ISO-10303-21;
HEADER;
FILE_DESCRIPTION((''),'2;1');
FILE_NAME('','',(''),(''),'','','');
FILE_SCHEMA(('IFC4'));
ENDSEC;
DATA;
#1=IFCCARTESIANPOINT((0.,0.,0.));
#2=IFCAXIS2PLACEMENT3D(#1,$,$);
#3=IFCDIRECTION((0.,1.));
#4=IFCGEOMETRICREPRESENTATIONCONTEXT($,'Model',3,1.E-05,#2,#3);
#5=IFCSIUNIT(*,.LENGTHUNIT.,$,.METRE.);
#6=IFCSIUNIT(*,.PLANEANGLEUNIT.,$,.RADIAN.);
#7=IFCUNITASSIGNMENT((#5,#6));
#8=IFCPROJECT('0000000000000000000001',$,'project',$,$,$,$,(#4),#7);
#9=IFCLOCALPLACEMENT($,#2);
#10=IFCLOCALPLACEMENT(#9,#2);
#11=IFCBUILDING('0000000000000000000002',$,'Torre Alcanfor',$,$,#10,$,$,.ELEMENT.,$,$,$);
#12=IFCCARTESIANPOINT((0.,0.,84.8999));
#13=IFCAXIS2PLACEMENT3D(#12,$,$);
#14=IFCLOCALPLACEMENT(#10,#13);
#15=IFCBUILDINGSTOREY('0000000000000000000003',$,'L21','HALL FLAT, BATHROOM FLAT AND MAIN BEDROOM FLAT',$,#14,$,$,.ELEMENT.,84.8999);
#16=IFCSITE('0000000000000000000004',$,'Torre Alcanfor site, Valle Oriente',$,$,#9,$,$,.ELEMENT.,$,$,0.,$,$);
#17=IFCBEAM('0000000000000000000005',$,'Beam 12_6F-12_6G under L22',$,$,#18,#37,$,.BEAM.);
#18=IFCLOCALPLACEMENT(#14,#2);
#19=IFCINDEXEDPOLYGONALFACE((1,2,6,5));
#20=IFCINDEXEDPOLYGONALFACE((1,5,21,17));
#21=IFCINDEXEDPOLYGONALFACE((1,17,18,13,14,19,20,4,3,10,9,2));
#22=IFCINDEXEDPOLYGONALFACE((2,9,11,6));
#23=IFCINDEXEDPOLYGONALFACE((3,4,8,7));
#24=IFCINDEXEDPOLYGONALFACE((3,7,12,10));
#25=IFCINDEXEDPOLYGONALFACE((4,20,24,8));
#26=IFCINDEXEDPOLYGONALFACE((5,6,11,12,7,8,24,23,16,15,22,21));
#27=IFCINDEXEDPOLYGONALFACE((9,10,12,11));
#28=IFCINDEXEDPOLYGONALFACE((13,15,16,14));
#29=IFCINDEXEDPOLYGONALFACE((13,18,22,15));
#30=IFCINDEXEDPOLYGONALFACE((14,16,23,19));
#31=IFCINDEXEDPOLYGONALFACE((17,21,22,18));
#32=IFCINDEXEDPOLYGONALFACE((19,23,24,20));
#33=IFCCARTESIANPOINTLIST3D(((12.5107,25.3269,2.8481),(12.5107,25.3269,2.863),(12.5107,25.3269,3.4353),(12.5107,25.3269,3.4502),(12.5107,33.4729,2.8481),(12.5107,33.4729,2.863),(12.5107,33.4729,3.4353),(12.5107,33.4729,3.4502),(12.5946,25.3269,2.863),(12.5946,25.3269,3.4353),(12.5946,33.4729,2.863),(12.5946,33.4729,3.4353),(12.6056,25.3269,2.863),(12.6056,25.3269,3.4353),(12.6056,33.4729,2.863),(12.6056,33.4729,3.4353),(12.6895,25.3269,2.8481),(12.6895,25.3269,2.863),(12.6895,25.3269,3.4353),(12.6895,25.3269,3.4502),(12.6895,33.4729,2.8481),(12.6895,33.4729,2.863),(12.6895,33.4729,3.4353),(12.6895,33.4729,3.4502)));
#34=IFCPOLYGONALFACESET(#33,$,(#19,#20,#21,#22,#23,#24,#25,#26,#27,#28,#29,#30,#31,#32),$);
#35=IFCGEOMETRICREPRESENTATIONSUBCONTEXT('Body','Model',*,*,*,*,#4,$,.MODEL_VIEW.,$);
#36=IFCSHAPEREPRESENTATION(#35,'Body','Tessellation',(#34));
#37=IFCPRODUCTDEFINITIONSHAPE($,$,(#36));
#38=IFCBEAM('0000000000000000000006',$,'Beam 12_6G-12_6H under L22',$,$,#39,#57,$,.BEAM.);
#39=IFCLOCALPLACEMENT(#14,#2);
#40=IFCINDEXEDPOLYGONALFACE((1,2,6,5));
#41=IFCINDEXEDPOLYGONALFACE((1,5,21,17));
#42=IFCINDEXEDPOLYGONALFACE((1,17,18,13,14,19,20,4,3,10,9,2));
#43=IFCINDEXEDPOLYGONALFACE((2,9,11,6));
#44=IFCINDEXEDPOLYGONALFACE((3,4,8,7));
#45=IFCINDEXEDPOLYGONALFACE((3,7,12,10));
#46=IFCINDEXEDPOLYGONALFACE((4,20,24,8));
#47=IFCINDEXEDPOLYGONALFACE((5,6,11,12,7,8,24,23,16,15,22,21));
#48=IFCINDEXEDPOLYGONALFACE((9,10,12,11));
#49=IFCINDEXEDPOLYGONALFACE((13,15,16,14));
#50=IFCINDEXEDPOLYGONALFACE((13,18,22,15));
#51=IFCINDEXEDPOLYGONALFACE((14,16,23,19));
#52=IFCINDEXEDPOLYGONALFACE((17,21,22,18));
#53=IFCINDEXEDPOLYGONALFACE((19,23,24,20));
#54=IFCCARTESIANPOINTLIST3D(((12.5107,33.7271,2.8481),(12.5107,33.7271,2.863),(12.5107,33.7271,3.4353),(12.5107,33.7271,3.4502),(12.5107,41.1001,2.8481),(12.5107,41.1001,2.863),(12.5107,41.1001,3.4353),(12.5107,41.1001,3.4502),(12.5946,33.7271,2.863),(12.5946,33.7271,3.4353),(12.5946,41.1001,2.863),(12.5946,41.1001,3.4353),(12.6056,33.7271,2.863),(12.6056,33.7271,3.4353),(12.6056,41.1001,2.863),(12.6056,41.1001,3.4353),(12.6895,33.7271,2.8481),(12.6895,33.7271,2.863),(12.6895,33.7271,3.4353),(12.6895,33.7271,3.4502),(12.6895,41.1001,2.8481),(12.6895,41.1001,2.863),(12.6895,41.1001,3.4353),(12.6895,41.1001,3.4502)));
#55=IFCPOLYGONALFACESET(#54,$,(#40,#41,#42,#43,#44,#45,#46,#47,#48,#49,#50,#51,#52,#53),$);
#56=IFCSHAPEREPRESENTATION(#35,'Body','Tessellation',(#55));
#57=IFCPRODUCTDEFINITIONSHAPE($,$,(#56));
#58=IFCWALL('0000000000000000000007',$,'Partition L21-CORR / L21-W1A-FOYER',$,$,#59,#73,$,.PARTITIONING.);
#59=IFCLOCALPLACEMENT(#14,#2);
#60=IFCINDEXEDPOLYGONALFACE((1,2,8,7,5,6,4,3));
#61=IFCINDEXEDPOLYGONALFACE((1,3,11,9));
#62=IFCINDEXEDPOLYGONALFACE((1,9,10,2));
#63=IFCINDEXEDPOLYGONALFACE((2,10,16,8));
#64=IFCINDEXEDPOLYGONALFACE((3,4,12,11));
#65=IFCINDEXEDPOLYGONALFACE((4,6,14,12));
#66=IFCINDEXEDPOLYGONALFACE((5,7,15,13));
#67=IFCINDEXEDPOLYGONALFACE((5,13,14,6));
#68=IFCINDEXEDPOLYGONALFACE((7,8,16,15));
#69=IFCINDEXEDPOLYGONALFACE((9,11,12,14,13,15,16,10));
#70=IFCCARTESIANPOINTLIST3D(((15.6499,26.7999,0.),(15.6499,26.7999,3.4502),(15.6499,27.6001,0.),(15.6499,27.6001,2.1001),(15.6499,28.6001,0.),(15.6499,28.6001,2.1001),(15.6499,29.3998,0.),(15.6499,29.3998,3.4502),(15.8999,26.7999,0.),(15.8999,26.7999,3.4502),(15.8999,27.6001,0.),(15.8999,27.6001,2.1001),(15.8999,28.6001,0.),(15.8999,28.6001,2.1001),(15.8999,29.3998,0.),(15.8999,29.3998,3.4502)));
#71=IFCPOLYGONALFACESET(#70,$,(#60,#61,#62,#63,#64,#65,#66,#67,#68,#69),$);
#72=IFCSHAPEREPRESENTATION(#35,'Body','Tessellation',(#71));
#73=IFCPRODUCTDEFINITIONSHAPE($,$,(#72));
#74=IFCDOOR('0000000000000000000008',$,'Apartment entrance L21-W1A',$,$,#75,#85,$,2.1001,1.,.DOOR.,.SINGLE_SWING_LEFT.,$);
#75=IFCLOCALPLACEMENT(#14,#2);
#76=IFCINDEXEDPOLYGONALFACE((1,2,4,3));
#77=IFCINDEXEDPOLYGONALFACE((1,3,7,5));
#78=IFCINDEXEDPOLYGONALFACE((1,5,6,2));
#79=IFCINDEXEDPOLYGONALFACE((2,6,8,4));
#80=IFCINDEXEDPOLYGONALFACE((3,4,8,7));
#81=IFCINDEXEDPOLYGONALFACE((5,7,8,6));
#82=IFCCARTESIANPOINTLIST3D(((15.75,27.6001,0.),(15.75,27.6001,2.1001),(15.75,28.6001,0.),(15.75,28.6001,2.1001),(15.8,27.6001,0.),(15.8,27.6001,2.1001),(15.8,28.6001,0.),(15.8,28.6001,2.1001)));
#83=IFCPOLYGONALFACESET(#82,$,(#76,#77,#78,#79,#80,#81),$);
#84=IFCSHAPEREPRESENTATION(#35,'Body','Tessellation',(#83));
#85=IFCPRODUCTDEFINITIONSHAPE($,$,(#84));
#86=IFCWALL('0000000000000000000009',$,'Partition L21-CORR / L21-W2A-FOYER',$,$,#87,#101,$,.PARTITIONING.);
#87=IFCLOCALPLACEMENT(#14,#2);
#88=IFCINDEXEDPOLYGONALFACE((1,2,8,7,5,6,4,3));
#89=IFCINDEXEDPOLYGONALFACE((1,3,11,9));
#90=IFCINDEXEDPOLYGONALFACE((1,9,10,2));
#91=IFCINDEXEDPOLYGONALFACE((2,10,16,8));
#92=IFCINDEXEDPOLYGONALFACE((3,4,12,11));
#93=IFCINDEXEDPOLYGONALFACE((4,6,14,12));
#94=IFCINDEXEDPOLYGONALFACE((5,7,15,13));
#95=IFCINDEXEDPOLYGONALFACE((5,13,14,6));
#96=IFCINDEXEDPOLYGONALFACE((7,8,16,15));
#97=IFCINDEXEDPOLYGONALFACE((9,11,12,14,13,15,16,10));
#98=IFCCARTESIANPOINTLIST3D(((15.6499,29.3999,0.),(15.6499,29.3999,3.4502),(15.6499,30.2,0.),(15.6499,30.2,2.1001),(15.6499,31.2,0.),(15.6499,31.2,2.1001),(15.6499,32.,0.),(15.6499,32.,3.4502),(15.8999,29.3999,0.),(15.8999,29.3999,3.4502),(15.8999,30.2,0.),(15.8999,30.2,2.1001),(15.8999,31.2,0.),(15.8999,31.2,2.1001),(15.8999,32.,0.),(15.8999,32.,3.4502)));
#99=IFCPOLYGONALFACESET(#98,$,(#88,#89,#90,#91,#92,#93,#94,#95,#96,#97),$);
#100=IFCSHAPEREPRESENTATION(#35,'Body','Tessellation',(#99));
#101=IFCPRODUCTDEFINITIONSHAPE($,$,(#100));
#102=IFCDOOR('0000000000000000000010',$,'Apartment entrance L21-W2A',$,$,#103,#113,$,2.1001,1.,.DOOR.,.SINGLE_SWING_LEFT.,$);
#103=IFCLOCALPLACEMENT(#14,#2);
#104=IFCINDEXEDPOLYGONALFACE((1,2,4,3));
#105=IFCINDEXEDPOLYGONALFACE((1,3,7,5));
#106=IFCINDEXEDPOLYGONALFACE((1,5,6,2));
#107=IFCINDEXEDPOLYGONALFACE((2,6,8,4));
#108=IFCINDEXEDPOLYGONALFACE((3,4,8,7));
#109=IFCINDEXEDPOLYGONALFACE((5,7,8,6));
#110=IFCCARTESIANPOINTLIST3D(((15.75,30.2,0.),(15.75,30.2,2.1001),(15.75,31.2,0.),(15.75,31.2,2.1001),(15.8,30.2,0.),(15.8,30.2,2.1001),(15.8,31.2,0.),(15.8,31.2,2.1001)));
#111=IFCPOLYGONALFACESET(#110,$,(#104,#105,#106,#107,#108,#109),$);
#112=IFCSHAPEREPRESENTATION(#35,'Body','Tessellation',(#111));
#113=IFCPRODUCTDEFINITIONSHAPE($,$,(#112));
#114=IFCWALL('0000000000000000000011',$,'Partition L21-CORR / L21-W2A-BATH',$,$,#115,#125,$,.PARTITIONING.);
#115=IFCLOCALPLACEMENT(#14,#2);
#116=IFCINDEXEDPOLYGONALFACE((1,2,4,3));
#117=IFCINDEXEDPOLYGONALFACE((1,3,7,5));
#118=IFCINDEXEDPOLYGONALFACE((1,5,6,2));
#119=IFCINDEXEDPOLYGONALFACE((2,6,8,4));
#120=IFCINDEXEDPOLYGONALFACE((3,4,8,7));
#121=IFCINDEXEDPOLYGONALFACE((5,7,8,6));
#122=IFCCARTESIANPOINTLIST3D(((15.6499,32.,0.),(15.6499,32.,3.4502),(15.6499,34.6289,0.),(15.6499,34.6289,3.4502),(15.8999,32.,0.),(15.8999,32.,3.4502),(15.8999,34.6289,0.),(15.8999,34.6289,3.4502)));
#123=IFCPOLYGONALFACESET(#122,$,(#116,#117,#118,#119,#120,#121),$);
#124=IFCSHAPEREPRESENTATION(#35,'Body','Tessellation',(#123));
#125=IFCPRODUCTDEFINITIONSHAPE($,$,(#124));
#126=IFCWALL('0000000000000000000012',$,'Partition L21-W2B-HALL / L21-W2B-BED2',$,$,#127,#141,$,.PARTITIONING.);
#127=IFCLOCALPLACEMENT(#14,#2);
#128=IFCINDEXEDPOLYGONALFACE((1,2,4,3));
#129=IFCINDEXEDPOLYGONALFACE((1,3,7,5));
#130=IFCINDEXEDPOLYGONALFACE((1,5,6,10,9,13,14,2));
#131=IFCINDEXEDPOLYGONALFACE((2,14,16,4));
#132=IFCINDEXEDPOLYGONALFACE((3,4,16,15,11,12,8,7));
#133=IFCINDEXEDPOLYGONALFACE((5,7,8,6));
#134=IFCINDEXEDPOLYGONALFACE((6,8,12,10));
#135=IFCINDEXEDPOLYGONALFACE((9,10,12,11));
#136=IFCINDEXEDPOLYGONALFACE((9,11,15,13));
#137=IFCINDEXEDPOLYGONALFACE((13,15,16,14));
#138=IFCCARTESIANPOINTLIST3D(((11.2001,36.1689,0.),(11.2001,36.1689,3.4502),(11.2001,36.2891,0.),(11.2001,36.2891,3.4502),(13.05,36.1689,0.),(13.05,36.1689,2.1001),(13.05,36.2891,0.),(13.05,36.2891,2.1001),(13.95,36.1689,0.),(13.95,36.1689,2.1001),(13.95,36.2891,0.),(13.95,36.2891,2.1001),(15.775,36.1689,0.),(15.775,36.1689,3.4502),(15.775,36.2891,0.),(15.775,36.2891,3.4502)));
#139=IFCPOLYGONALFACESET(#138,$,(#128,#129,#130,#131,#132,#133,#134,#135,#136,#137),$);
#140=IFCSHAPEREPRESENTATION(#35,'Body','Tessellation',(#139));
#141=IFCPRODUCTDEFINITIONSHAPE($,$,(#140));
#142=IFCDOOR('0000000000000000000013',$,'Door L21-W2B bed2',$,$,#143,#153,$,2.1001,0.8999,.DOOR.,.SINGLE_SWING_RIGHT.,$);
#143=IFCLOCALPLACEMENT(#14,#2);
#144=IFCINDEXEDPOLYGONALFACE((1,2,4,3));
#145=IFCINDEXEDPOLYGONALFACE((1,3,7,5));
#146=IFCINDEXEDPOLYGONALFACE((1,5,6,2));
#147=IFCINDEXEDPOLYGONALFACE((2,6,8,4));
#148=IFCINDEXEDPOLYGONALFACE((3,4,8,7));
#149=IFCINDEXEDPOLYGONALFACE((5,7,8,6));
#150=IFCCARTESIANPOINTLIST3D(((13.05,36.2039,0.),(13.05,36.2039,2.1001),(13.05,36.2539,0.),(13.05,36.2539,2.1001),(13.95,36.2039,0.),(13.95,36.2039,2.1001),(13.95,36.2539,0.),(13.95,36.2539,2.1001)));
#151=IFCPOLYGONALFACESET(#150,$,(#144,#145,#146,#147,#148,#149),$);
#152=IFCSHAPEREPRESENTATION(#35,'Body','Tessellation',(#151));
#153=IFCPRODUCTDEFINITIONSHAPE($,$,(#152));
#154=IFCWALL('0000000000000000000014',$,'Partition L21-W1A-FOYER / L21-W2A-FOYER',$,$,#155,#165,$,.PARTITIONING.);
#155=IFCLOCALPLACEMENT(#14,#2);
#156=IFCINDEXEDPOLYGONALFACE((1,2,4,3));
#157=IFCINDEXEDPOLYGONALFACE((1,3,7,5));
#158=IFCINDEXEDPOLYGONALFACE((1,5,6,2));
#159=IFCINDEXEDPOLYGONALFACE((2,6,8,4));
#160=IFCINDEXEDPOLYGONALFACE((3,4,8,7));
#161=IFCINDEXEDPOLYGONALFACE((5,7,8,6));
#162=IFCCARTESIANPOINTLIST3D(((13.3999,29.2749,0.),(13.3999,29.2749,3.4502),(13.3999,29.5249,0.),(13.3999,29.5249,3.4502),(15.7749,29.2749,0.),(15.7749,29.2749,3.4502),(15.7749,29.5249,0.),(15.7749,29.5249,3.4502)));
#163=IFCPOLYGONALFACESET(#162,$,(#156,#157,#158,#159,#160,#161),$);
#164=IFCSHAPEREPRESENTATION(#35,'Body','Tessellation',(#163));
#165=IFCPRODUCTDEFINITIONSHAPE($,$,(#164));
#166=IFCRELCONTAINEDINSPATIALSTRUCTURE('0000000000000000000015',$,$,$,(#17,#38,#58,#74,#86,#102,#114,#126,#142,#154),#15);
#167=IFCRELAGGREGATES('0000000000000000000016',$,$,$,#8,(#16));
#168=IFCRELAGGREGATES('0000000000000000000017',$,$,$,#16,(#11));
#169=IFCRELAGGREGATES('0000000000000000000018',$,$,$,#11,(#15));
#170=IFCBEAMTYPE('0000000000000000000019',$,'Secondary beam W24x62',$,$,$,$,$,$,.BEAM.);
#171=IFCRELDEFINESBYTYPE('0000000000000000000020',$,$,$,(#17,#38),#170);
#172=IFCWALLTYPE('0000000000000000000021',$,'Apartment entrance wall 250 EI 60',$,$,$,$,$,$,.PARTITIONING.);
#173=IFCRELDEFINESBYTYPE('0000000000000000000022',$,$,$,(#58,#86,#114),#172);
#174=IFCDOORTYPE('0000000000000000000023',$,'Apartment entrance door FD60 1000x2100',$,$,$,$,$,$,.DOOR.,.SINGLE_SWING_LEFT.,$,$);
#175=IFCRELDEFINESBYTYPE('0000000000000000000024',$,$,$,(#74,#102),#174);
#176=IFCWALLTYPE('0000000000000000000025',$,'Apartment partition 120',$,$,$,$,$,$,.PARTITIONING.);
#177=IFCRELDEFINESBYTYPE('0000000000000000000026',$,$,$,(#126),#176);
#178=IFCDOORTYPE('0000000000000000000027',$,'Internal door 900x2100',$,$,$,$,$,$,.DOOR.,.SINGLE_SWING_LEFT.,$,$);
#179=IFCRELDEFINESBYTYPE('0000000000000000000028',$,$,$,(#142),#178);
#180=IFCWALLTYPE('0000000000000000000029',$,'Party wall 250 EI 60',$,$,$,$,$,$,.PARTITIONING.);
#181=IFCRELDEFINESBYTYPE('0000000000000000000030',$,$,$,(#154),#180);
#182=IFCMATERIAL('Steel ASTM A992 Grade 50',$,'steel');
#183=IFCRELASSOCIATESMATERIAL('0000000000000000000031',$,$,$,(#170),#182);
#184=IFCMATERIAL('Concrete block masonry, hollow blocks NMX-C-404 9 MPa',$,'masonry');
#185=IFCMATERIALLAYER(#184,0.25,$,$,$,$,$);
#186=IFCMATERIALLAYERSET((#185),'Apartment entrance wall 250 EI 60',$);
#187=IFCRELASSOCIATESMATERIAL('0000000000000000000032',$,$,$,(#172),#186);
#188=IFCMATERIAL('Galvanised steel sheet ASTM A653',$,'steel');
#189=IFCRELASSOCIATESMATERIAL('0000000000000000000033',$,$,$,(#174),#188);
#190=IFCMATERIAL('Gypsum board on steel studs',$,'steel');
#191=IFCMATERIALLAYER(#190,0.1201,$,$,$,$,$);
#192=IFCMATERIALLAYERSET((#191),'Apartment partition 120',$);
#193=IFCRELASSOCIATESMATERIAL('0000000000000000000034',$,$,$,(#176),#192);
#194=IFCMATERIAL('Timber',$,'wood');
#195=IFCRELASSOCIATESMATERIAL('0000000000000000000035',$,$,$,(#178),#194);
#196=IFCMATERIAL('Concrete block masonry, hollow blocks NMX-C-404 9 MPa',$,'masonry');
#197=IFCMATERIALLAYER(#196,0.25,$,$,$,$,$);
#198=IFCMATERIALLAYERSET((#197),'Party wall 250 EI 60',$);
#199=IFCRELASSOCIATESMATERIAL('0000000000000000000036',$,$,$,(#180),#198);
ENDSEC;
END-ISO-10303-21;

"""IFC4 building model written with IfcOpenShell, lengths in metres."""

from ifc_helpers import new_model, si_unit, direction, frame, frame_2d, origin, origin_2d, place, context, subcontext, project, spatial, rectangle, i_section, extrude, material, layer, layer_set, material_profile, profile_set, type_object, element, fill, save


model = new_model("IFC4")

# Units and contexts
model_context = context("Model", 3, precision=1e-05, world=origin(), true_north=direction((0.0, 1.0)))
body_context = subcontext(model_context, "Body", "Model", "MODEL_VIEW")
ifc_project = project(units=[si_unit("LENGTHUNIT", "METRE"), si_unit("PLANEANGLEUNIT", "RADIAN")], contexts=[model_context])

# Site, building, storey
site_placement = place(None, origin())
site = spatial("IfcSite", under=ifc_project, at=site_placement, Name="Torre Alcanfor site, Valle Oriente", CompositionType="ELEMENT", RefElevation=0.0)
building_placement = place(site_placement, origin())
building = spatial("IfcBuilding", under=site, at=building_placement, Name="Torre Alcanfor", CompositionType="ELEMENT")
storey_placement = place(building_placement, frame((0.0, 0.0, 84.8999)))
storey = spatial("IfcBuildingStorey", under=building, at=storey_placement, Name="L21", Description="HALL FLAT, BATHROOM FLAT AND MAIN BEDROOM FLAT", CompositionType="ELEMENT", Elevation=84.8999)

# Beams
ifc_material_1 = material(Name="Steel ASTM A992 Grade 50", Category="steel")
ifc_material_profile = material_profile(ifc_material_1, i_section(OverallWidth=0.1787, OverallDepth=0.6021, WebThickness=0.011, FlangeThickness=0.0149, at=origin_2d()), Name="W24x62")
ifc_profile_set = profile_set([ifc_material_profile], Name="Steel ASTM A992 Grade 50")
beam_type = type_object("IfcBeamType", Name="Secondary beam W24x62", PredefinedType="BEAM", material=ifc_profile_set)
beam_1_placement = place(storey_placement, frame((12.6001, 25.3269, 3.1492), z_axis=(0.0, 1.0, 0.0), x_axis=(-1.0, 0.0, 0.0)))
element("IfcBeam", 1, at=beam_1_placement, inside=storey, type_object=beam_type, Name="Beam 12_6F-12_6G under L22", PredefinedType="BEAM", context=body_context, shape_type="SweptSolid", body=[
    extrude(i_section(OverallWidth=0.1787, OverallDepth=0.6021, WebThickness=0.011, FlangeThickness=0.0149, at=origin_2d()), origin(), (0.0, 0.0, 1.0), 8.146),
])
beam_2_placement = place(storey_placement, frame((12.6001, 33.7271, 3.1492), z_axis=(0.0, 1.0, 0.0), x_axis=(-1.0, 0.0, 0.0)))
element("IfcBeam", 2, at=beam_2_placement, inside=storey, type_object=beam_type, Name="Beam 12_6G-12_6H under L22", PredefinedType="BEAM", context=body_context, shape_type="SweptSolid", body=[
    extrude(i_section(OverallWidth=0.1787, OverallDepth=0.6021, WebThickness=0.011, FlangeThickness=0.0149, at=origin_2d()), origin(), (0.0, 0.0, 1.0), 7.373),
])

# Walls, openings, doors
ifc_material_2 = material(Name="Concrete block masonry, hollow blocks NMX-C-404 9 MPa", Category="masonry")
ifc_layer_1 = layer(ifc_material_2, 0.25)
ifc_layer_set_1 = layer_set([ifc_layer_1], Name="Apartment entrance wall 250 EI 60")
wall_type_1 = type_object("IfcWallType", Name="Apartment entrance wall 250 EI 60", PredefinedType="PARTITIONING", material=ifc_layer_set_1)
wall_1_placement = place(storey_placement, frame((15.7749, 26.8, 0.0), z_axis=(0.0, 0.0, 1.0), x_axis=(0.0, 1.0, 0.0)))
wall_1 = element("IfcWall", 3, at=wall_1_placement, inside=storey, type_object=wall_type_1, Name="Partition L21-CORR / L21-W1A-FOYER", PredefinedType="PARTITIONING", context=body_context, shape_type="SweptSolid", body=[
    extrude(rectangle(XDim=2.5999, YDim=0.25, at=frame_2d((1.2998, 0.0))), origin(), (0.0, 0.0, 1.0), 3.4502),
])
opening_1_placement = place(wall_1_placement, frame((0.8, 0.0, 0.0)))
opening_1 = element("IfcOpeningElement", 4, at=opening_1_placement, cuts=wall_1, PredefinedType="OPENING", context=body_context, shape_type="SweptSolid", body=[
    extrude(rectangle(XDim=1.0, YDim=2.1001, at=frame_2d((0.5, 1.05))), frame((0.0, 0.135, 0.0), z_axis=(0.0, -1.0, 0.0), x_axis=(1.0, 0.0, 0.0)), (0.0, 0.0, 1.0), 0.27),
])
ifc_material_3 = material(Name="Galvanised steel sheet ASTM A653", Category="steel")
door_type_1 = type_object("IfcDoorType", Name="Apartment entrance door FD60 1000x2100", OperationType="SINGLE_SWING_LEFT", PredefinedType="DOOR", material=ifc_material_3)
door_1_placement = place(opening_1_placement, origin())
door_1 = element("IfcDoor", 5, at=door_1_placement, inside=storey, type_object=door_type_1, Name="Apartment entrance L21-W1A", OperationType="SINGLE_SWING_LEFT", OverallHeight=2.1001, OverallWidth=1.0, PredefinedType="DOOR", context=body_context, shape_type="SweptSolid", body=[
    extrude(rectangle(XDim=1.0, YDim=2.1001, at=frame_2d((0.5, 1.05))), frame((0.0, 0.0249, 0.0), z_axis=(0.0, -1.0, 0.0), x_axis=(1.0, 0.0, 0.0)), (0.0, 0.0, 1.0), 0.05),
])
fill(opening_1, door_1)
wall_2_placement = place(storey_placement, frame((15.7749, 29.3999, 0.0), z_axis=(0.0, 0.0, 1.0), x_axis=(0.0, 1.0, 0.0)))
wall_2 = element("IfcWall", 6, at=wall_2_placement, inside=storey, type_object=wall_type_1, Name="Partition L21-CORR / L21-W2A-FOYER", PredefinedType="PARTITIONING", context=body_context, shape_type="SweptSolid", body=[
    extrude(rectangle(XDim=2.6001, YDim=0.25, at=frame_2d((1.3, 0.0))), origin(), (0.0, 0.0, 1.0), 3.4502),
])
opening_2_placement = place(wall_2_placement, frame((0.8, 0.0, 0.0)))
opening_2 = element("IfcOpeningElement", 7, at=opening_2_placement, cuts=wall_2, PredefinedType="OPENING", context=body_context, shape_type="SweptSolid", body=[
    extrude(rectangle(XDim=1.0, YDim=2.1001, at=frame_2d((0.5, 1.05))), frame((0.0, 0.135, 0.0), z_axis=(0.0, -1.0, 0.0), x_axis=(1.0, 0.0, 0.0)), (0.0, 0.0, 1.0), 0.27),
])
door_2_placement = place(opening_2_placement, origin())
door_2 = element("IfcDoor", 8, at=door_2_placement, inside=storey, type_object=door_type_1, Name="Apartment entrance L21-W2A", OperationType="SINGLE_SWING_LEFT", OverallHeight=2.1001, OverallWidth=1.0, PredefinedType="DOOR", context=body_context, shape_type="SweptSolid", body=[
    extrude(rectangle(XDim=1.0, YDim=2.1001, at=frame_2d((0.5, 1.05))), frame((0.0, 0.0249, 0.0), z_axis=(0.0, -1.0, 0.0), x_axis=(1.0, 0.0, 0.0)), (0.0, 0.0, 1.0), 0.05),
])
fill(opening_2, door_2)

# Wall
wall_3_placement = place(storey_placement, frame((15.7749, 32.0, 0.0), z_axis=(0.0, 0.0, 1.0), x_axis=(0.0, 1.0, 0.0)))
element("IfcWall", 9, at=wall_3_placement, inside=storey, type_object=wall_type_1, Name="Partition L21-CORR / L21-W2A-BATH", PredefinedType="PARTITIONING", context=body_context, shape_type="SweptSolid", body=[
    extrude(rectangle(XDim=2.6289, YDim=0.25, at=frame_2d((1.3145, 0.0))), origin(), (0.0, 0.0, 1.0), 3.4502),
])

# Wall, opening, door
ifc_material_4 = material(Name="Gypsum board on steel studs", Category="steel")
ifc_layer_2 = layer(ifc_material_4, 0.1201)
ifc_layer_set_2 = layer_set([ifc_layer_2], Name="Apartment partition 120")
wall_type_2 = type_object("IfcWallType", Name="Apartment partition 120", PredefinedType="PARTITIONING", material=ifc_layer_set_2)
wall_4_placement = place(storey_placement, frame((11.2, 36.229, 0.0), z_axis=(0.0, 0.0, 1.0), x_axis=(1.0, 0.0, 0.0)))
wall_4 = element("IfcWall", 10, at=wall_4_placement, inside=storey, type_object=wall_type_2, Name="Partition L21-W2B-HALL / L21-W2B-BED2", PredefinedType="PARTITIONING", context=body_context, shape_type="SweptSolid", body=[
    extrude(rectangle(XDim=4.575, YDim=0.1201, at=frame_2d((2.2876, 0.0))), origin(), (0.0, 0.0, 1.0), 3.4502),
])
opening_3_placement = place(wall_4_placement, frame((1.8501, 0.0, 0.0)))
opening_3 = element("IfcOpeningElement", 11, at=opening_3_placement, cuts=wall_4, PredefinedType="OPENING", context=body_context, shape_type="SweptSolid", body=[
    extrude(rectangle(XDim=0.8999, YDim=2.1001, at=frame_2d((0.45, 1.05))), frame((0.0, 0.0701, 0.0), z_axis=(0.0, -1.0, 0.0), x_axis=(1.0, 0.0, 0.0)), (0.0, 0.0, 1.0), 0.1401),
])
ifc_material_5 = material(Name="Timber", Category="wood")
door_type_2 = type_object("IfcDoorType", Name="Internal door 900x2100", OperationType="SINGLE_SWING_LEFT", PredefinedType="DOOR", material=ifc_material_5)
door_3_placement = place(opening_3_placement, origin())
door_3 = element("IfcDoor", 12, at=door_3_placement, inside=storey, type_object=door_type_2, Name="Door L21-W2B bed2", OperationType="SINGLE_SWING_RIGHT", OverallHeight=2.1001, OverallWidth=0.8999, PredefinedType="DOOR", context=body_context, shape_type="SweptSolid", body=[
    extrude(rectangle(XDim=0.8999, YDim=2.1001, at=frame_2d((0.45, 1.05))), frame((0.0, 0.0249, 0.0), z_axis=(0.0, -1.0, 0.0), x_axis=(1.0, 0.0, 0.0)), (0.0, 0.0, 1.0), 0.05),
])
fill(opening_3, door_3)

# Wall
ifc_material_6 = material(Name="Concrete block masonry, hollow blocks NMX-C-404 9 MPa", Category="masonry")
ifc_layer_3 = layer(ifc_material_6, 0.25)
ifc_layer_set_3 = layer_set([ifc_layer_3], Name="Party wall 250 EI 60")
wall_type_3 = type_object("IfcWallType", Name="Party wall 250 EI 60", PredefinedType="PARTITIONING", material=ifc_layer_set_3)
wall_5_placement = place(storey_placement, frame((15.7749, 29.3999, 0.0), z_axis=(0.0, 0.0, 1.0), x_axis=(-1.0, 0.0, 0.0)))
element("IfcWall", 13, at=wall_5_placement, inside=storey, type_object=wall_type_3, Name="Partition L21-W1A-FOYER / L21-W2A-FOYER", PredefinedType="PARTITIONING", context=body_context, shape_type="SweptSolid", body=[
    extrude(rectangle(XDim=2.375, YDim=0.25, at=frame_2d((1.1875, 0.0))), origin(), (0.0, 0.0, 1.0), 3.4502),
])

save(model, "model.ifc")
